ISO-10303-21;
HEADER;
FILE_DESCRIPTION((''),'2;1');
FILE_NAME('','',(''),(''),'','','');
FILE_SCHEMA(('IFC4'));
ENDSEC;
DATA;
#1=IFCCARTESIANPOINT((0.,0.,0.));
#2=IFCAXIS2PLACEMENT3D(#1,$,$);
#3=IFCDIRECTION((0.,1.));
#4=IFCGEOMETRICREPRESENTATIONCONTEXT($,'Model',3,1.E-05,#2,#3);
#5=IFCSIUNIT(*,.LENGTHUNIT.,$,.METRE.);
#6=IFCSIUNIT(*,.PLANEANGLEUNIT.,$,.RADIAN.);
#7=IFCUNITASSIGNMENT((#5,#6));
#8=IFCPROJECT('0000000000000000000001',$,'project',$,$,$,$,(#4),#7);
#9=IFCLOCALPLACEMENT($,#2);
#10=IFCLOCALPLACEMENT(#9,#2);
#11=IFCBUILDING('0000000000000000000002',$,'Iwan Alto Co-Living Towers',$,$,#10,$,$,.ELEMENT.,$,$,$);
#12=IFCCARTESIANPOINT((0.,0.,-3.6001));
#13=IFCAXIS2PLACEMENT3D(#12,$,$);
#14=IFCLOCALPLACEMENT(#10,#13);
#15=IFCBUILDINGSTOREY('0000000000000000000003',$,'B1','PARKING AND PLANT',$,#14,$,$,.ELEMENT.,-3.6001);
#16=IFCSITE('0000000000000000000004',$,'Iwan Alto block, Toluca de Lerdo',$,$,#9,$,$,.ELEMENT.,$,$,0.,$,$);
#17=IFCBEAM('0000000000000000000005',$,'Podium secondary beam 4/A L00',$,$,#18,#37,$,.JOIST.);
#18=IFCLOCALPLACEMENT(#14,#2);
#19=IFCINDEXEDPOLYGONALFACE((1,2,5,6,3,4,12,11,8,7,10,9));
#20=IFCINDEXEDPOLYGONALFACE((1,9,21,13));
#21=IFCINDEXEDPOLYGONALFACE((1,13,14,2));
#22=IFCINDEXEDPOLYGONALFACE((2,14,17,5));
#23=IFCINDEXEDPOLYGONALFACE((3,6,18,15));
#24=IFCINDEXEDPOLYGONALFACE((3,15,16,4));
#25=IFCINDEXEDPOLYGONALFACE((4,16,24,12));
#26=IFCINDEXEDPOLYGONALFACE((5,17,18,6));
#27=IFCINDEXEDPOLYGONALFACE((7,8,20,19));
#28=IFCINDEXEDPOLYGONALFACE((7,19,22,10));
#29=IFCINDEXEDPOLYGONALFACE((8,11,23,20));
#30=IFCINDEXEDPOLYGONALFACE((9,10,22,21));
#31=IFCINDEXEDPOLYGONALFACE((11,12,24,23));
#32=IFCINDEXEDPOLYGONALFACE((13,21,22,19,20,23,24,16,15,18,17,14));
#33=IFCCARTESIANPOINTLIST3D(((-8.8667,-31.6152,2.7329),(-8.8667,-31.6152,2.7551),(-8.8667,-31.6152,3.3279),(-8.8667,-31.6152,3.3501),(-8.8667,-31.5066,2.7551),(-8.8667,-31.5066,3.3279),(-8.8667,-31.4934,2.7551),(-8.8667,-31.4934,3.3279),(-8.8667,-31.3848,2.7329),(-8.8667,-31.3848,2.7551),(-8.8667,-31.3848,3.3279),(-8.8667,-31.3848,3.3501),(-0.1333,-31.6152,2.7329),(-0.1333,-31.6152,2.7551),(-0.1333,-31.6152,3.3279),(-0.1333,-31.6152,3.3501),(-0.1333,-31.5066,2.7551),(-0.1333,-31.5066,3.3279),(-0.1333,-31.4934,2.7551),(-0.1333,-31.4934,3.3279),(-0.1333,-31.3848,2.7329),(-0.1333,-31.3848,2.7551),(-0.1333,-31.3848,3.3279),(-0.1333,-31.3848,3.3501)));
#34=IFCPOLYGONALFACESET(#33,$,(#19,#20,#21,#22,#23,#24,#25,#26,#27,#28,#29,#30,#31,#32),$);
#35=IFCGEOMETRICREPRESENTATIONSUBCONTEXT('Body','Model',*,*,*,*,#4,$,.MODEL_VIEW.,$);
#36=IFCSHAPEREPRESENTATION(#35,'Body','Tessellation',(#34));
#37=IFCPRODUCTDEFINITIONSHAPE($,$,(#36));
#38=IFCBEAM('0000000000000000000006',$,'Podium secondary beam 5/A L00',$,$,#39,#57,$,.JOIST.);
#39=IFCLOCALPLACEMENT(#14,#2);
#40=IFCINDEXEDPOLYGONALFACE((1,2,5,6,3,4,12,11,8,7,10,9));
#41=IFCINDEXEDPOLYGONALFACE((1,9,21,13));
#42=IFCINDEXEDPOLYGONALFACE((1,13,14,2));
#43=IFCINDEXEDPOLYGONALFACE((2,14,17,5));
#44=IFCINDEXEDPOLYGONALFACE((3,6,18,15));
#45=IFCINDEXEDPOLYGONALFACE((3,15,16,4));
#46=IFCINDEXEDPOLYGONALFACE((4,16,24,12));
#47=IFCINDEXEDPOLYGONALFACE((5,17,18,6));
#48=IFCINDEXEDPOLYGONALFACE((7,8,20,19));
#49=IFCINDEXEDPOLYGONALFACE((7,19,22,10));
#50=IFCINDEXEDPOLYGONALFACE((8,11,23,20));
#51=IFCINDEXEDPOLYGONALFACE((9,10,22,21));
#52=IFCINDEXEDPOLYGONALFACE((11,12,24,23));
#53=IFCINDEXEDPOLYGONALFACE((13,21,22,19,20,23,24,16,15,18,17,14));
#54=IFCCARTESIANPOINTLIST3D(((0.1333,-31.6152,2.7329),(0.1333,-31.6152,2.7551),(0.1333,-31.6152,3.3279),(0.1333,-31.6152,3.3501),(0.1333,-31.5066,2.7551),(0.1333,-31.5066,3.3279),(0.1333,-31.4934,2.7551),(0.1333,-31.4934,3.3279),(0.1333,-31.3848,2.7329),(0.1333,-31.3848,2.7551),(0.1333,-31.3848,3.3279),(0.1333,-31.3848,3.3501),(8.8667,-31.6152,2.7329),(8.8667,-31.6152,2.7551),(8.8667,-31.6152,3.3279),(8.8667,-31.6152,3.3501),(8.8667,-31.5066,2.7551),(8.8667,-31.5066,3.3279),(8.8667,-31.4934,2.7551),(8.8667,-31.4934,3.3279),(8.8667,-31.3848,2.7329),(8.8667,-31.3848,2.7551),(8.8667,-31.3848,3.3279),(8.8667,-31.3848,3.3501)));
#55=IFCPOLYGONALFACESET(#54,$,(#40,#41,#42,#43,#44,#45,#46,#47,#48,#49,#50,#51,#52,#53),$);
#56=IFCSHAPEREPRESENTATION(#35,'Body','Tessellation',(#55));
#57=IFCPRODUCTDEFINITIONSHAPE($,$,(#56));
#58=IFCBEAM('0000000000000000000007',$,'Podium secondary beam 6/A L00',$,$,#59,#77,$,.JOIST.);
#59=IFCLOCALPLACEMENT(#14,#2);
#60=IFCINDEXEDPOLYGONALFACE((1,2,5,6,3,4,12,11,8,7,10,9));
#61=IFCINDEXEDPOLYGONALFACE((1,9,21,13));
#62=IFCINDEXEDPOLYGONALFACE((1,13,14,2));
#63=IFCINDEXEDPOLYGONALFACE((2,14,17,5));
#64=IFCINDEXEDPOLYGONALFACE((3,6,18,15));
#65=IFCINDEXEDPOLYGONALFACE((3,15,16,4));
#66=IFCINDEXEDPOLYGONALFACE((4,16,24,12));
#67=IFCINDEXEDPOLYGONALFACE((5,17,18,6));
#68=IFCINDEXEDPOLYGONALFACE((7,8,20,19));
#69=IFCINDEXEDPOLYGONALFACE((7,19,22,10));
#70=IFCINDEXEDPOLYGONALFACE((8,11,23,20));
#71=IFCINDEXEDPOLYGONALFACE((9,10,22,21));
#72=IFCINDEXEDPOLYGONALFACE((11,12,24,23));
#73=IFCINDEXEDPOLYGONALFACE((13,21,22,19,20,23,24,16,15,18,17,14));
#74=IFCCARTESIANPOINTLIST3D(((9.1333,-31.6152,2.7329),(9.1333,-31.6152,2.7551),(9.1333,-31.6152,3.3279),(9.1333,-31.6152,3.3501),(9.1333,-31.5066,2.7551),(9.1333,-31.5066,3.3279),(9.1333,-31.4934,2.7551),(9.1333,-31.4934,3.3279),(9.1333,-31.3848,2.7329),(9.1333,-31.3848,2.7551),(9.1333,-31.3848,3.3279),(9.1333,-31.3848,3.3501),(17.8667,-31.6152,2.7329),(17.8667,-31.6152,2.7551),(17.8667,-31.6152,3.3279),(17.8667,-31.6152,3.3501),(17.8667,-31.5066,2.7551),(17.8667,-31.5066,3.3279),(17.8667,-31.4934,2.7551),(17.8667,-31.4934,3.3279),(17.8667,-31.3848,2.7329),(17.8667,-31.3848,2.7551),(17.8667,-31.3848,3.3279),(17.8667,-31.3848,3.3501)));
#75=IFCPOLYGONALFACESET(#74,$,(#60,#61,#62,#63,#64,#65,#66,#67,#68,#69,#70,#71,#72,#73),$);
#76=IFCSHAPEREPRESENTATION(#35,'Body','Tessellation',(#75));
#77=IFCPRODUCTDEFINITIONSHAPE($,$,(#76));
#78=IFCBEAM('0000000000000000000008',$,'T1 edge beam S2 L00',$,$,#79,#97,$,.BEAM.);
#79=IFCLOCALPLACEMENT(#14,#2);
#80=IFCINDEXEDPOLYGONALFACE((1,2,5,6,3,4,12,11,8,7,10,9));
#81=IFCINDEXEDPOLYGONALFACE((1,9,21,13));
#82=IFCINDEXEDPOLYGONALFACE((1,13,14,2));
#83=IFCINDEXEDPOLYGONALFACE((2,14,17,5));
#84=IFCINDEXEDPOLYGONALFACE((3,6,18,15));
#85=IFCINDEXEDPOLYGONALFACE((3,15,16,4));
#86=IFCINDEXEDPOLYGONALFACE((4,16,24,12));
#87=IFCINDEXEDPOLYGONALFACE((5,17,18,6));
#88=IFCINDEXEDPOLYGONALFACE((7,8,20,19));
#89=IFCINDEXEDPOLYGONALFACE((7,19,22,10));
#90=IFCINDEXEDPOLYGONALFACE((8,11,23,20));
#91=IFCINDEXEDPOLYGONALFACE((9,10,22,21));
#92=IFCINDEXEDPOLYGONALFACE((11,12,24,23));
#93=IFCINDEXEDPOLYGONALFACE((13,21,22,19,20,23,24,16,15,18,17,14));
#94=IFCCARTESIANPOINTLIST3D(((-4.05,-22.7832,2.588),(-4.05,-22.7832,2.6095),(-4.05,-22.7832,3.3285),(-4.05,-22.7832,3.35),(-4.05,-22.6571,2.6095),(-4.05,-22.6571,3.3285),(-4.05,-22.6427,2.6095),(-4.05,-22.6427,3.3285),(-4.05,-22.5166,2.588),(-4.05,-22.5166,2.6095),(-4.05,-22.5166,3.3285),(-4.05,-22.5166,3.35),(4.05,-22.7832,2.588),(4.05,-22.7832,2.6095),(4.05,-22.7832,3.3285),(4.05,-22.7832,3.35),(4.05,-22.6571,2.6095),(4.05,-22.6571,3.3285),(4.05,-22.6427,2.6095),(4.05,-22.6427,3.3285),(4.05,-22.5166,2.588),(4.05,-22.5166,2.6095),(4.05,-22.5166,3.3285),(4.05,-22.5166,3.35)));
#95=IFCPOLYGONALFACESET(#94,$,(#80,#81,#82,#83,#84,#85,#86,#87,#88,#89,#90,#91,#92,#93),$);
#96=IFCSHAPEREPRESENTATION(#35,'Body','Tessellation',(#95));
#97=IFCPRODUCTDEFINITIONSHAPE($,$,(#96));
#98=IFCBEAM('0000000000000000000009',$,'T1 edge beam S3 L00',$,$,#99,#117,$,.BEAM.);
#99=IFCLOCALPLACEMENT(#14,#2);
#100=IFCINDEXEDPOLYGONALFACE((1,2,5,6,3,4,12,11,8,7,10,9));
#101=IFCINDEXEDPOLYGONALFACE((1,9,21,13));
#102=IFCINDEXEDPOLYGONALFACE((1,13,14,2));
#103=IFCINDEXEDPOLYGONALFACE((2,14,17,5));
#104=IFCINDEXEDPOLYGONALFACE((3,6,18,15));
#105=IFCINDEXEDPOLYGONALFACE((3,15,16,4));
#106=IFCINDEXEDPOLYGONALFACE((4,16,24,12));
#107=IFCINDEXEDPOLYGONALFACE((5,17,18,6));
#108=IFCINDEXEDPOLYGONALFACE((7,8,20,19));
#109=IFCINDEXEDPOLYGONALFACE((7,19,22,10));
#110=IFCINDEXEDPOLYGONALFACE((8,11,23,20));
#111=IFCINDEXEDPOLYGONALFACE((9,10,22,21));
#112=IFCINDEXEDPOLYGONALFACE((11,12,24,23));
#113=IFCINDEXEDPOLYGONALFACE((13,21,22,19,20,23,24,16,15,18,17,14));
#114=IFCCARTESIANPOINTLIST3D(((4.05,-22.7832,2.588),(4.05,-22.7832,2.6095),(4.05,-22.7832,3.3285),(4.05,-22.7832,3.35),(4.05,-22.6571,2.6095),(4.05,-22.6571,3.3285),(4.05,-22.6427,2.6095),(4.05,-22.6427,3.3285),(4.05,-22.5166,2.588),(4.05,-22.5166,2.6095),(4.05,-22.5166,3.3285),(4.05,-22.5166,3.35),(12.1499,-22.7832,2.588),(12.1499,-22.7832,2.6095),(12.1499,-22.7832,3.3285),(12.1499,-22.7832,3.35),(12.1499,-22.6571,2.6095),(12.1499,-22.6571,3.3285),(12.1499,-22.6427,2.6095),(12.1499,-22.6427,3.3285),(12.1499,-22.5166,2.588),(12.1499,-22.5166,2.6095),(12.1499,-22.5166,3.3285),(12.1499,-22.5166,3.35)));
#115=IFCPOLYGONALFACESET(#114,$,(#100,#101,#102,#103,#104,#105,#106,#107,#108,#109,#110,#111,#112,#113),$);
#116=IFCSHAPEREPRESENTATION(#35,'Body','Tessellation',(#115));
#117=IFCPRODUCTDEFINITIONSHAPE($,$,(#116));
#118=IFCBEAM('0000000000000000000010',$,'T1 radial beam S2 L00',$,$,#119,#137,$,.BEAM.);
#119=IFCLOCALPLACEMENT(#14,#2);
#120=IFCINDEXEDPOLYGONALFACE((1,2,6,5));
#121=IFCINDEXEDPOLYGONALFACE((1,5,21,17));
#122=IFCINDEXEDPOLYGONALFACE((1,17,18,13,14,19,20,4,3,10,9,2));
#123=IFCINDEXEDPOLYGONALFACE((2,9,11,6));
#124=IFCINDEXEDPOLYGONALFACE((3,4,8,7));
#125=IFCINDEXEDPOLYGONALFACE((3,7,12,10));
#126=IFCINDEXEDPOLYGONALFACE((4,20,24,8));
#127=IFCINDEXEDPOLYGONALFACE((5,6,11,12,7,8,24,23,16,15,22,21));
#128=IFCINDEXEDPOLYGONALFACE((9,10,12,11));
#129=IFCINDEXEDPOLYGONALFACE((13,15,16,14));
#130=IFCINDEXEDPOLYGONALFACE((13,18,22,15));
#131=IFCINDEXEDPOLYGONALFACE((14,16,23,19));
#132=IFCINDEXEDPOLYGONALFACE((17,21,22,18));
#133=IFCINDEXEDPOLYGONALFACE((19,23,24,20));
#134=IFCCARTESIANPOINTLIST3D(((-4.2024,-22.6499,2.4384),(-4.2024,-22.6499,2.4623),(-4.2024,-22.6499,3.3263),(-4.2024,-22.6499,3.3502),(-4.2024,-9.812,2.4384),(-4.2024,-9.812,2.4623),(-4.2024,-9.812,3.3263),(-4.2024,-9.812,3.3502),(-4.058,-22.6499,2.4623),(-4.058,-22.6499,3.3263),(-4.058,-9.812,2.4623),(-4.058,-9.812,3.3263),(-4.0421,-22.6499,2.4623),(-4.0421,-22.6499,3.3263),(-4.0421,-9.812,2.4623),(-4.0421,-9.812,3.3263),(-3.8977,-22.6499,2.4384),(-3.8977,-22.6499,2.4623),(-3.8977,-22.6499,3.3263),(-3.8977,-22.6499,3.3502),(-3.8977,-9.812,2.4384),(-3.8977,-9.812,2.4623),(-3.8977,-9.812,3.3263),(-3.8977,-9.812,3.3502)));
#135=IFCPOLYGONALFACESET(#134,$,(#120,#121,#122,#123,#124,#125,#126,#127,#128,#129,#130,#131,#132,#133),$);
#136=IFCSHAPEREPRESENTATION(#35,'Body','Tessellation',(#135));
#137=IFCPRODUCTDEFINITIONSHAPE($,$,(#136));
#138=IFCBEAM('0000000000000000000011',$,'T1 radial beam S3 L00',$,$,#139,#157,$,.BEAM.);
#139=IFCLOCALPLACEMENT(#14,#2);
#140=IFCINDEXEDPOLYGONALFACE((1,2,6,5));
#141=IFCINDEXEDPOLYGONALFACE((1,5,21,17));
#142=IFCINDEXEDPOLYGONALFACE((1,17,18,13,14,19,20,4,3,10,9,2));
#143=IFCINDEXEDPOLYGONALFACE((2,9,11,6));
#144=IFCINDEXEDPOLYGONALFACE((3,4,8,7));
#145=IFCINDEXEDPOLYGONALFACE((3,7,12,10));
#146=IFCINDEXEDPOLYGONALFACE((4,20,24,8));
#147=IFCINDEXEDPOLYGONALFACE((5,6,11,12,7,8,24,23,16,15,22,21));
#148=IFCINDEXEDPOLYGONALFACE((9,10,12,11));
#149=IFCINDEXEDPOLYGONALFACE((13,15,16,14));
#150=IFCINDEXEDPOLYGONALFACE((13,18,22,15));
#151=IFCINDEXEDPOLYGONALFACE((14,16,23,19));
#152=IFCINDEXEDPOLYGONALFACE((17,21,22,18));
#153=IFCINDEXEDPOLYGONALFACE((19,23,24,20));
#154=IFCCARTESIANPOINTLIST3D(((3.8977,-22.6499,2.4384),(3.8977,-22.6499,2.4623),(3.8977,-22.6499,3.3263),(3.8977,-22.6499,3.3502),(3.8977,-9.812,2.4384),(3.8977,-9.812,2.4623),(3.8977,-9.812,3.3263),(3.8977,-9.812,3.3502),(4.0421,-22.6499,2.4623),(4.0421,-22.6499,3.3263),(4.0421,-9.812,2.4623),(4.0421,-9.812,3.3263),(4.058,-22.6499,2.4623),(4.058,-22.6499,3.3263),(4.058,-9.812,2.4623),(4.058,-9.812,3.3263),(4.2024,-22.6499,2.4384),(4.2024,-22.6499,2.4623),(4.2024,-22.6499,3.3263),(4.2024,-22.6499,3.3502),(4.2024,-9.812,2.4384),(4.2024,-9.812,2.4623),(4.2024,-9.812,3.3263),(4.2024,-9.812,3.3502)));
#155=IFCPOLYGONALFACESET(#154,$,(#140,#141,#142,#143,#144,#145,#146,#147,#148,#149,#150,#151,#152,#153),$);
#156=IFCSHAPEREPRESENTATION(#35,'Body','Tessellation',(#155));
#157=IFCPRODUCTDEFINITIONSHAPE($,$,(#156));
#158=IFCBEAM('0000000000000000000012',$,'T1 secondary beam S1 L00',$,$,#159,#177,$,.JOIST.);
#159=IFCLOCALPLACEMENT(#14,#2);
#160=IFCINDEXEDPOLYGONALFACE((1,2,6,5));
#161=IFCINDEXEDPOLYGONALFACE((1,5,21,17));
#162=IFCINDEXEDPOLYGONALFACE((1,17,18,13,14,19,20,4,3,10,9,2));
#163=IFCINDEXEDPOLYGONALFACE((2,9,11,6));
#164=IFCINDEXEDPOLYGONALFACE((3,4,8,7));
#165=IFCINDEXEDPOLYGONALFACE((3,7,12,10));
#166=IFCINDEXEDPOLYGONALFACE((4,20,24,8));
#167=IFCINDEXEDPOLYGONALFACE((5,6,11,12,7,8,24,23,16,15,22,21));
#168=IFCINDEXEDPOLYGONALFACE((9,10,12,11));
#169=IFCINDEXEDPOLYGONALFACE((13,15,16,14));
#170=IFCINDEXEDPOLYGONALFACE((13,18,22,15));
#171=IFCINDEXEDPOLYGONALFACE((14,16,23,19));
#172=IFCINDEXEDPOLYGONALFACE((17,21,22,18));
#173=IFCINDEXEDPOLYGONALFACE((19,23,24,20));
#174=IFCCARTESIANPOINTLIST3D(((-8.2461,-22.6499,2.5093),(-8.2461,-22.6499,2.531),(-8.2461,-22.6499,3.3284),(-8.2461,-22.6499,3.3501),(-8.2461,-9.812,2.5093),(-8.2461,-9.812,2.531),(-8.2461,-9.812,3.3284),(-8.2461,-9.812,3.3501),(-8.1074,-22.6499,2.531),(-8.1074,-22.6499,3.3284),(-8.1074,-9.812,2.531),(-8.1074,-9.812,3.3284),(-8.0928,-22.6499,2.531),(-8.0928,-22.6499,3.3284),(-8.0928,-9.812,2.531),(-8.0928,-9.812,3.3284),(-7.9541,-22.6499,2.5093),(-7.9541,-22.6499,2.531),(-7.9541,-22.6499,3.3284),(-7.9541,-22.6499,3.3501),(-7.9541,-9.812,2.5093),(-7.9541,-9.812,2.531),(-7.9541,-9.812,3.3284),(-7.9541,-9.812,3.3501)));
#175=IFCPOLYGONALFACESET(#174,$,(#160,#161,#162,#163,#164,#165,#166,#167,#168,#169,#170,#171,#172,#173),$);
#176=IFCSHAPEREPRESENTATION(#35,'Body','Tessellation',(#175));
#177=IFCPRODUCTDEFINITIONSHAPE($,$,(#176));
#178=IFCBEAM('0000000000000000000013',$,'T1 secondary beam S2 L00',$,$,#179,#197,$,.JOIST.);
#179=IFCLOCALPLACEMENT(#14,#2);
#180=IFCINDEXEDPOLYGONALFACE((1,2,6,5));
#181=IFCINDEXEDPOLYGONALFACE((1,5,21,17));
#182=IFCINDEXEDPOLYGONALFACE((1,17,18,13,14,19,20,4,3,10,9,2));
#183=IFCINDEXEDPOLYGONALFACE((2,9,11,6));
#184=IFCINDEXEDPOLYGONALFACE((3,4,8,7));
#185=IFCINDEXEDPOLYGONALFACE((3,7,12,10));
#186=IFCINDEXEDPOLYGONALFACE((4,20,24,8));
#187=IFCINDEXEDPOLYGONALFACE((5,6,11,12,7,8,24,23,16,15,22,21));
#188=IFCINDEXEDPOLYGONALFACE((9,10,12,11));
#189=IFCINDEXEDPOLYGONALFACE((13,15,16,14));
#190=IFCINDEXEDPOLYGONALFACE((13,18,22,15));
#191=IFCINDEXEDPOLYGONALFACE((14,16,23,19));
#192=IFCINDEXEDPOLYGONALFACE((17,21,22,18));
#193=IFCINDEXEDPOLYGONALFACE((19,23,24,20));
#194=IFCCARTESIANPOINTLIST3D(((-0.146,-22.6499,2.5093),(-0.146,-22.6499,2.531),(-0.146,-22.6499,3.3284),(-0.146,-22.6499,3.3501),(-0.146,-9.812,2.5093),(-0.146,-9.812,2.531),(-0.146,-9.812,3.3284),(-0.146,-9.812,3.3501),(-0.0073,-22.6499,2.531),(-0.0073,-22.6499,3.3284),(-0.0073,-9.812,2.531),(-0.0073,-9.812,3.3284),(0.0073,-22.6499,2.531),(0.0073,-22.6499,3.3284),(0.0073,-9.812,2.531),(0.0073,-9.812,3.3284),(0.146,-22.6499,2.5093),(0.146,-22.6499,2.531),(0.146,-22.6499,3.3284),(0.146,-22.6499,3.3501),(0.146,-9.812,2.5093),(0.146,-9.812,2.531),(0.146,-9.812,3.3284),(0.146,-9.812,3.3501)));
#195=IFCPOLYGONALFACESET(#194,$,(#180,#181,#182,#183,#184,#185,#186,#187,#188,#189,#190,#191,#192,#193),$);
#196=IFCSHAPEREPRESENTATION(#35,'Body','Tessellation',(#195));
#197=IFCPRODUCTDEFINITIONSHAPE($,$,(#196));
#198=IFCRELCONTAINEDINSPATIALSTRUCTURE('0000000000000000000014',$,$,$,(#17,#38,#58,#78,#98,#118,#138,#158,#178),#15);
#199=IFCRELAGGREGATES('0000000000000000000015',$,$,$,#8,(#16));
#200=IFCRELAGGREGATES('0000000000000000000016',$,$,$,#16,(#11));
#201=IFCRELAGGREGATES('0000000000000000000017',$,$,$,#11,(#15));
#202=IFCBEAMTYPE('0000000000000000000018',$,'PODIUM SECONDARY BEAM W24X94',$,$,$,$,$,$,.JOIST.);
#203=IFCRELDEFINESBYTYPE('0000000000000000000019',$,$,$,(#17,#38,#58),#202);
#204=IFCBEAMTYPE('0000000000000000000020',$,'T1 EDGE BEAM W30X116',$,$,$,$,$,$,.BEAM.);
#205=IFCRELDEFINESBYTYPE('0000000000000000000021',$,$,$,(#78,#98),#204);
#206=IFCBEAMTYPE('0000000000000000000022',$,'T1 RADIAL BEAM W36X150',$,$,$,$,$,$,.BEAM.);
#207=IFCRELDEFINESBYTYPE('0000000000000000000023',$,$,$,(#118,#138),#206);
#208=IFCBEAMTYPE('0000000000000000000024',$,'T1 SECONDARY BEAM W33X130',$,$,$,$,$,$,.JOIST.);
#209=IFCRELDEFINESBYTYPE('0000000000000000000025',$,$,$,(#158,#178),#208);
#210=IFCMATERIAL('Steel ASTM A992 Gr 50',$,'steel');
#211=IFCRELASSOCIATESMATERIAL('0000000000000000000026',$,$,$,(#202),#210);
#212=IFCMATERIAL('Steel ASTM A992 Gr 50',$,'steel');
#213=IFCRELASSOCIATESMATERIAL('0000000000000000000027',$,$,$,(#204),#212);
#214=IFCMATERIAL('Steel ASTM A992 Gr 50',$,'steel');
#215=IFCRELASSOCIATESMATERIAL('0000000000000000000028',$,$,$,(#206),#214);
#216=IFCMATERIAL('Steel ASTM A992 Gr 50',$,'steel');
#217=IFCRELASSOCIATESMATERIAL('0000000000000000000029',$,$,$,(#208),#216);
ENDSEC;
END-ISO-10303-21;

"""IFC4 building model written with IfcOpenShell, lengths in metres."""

from ifc_helpers import new_model, si_unit, direction, frame, origin, origin_2d, place, context, subcontext, project, spatial, i_section, extrude, material, material_profile, profile_set, type_object, element, save


model = new_model("IFC4")

# Units and contexts
model_context = context("Model", 3, precision=1e-05, world=origin(), true_north=direction((0.0, 1.0)))
body_context = subcontext(model_context, "Body", "Model", "MODEL_VIEW")
ifc_project = project(units=[si_unit("LENGTHUNIT", "METRE"), si_unit("PLANEANGLEUNIT", "RADIAN")], contexts=[model_context])

# Site, building, storey
site_placement = place(None, origin())
site = spatial("IfcSite", under=ifc_project, at=site_placement, Name="Iwan Alto block, Toluca de Lerdo", CompositionType="ELEMENT", RefElevation=0.0)
building_placement = place(site_placement, origin())
building = spatial("IfcBuilding", under=site, at=building_placement, Name="Iwan Alto Co-Living Towers", CompositionType="ELEMENT")
storey_placement = place(building_placement, frame((0.0, 0.0, -3.6001)))
storey = spatial("IfcBuildingStorey", under=building, at=storey_placement, Name="B1", Description="PARKING AND PLANT", CompositionType="ELEMENT", Elevation=-3.6001)

# Beams
ifc_material_1 = material(Name="Steel ASTM A992 Gr 50", Category="steel")
ifc_material_profile_1 = material_profile(ifc_material_1, i_section(OverallWidth=0.2305, OverallDepth=0.6172, WebThickness=0.0132, FlangeThickness=0.0222, at=origin_2d()), Name="W24X94")
ifc_profile_set_1 = profile_set([ifc_material_profile_1], Name="Steel ASTM A992 Gr 50")
beam_type_1 = type_object("IfcBeamType", Name="PODIUM SECONDARY BEAM W24X94", PredefinedType="JOIST", material=ifc_profile_set_1)
for number, where, z_axis, x_axis, name in (
    (1, (-8.8667, -31.5, 3.0415), (1.0, 0.0, 0.0), (0.0, 1.0, 0.0), "Podium secondary beam 4/A L00"),
    (2, (0.1333, -31.5, 3.0415), (1.0, 0.0, 0.0), (0.0, 1.0, 0.0), "Podium secondary beam 5/A L00"),
    (3, (9.1333, -31.5, 3.0415), (1.0, 0.0, 0.0), (0.0, 1.0, 0.0), "Podium secondary beam 6/A L00"),
):
    element("IfcBeam", number, at=place(storey_placement, frame(where, z_axis=z_axis, x_axis=x_axis)), inside=storey, type_object=beam_type_1, Name=name, PredefinedType="JOIST", context=body_context, shape_type="SweptSolid", body=[
        extrude(i_section(OverallWidth=0.2305, OverallDepth=0.6172, WebThickness=0.0132, FlangeThickness=0.0222, at=origin_2d()), origin(), (0.0, 0.0, 1.0), 8.7334),
    ])
ifc_material_2 = material(Name="Steel ASTM A992 Gr 50", Category="steel")
ifc_material_profile_2 = material_profile(ifc_material_2, i_section(OverallWidth=0.2666, OverallDepth=0.762, WebThickness=0.0144, FlangeThickness=0.0215, at=origin_2d()), Name="W30X116")
ifc_profile_set_2 = profile_set([ifc_material_profile_2], Name="Steel ASTM A992 Gr 50")
beam_type_2 = type_object("IfcBeamType", Name="T1 EDGE BEAM W30X116", PredefinedType="BEAM", material=ifc_profile_set_2)
beam_1_placement = place(storey_placement, frame((-4.05, -22.6499, 2.969), z_axis=(1.0, 0.0, 0.0), x_axis=(0.0, 1.0, 0.0)))
element("IfcBeam", 4, at=beam_1_placement, inside=storey, type_object=beam_type_2, Name="T1 edge beam S2 L00", PredefinedType="BEAM", context=body_context, shape_type="SweptSolid", body=[
    extrude(i_section(OverallWidth=0.2666, OverallDepth=0.762, WebThickness=0.0144, FlangeThickness=0.0215, at=origin_2d()), origin(), (0.0, 0.0, 1.0), 8.1001),
])
beam_2_placement = place(storey_placement, frame((4.05, -22.6499, 2.969), z_axis=(1.0, 0.0, 0.0), x_axis=(0.0, 1.0, 0.0)))
element("IfcBeam", 5, at=beam_2_placement, inside=storey, type_object=beam_type_2, Name="T1 edge beam S3 L00", PredefinedType="BEAM", context=body_context, shape_type="SweptSolid", body=[
    extrude(i_section(OverallWidth=0.2666, OverallDepth=0.762, WebThickness=0.0144, FlangeThickness=0.0215, at=origin_2d()), origin(), (0.0, 0.0, 1.0), 8.0999),
])
ifc_material_3 = material(Name="Steel ASTM A992 Gr 50", Category="steel")
ifc_material_profile_3 = material_profile(ifc_material_3, i_section(OverallWidth=0.3047, OverallDepth=0.9119, WebThickness=0.0159, FlangeThickness=0.0239, at=origin_2d()), Name="W36X150")
ifc_profile_set_3 = profile_set([ifc_material_profile_3], Name="Steel ASTM A992 Gr 50")
beam_type_3 = type_object("IfcBeamType", Name="T1 RADIAL BEAM W36X150", PredefinedType="BEAM", material=ifc_profile_set_3)
for number, where, z_axis, x_axis, name in (
    (6, (-4.05, -22.6499, 2.8943), (0.0, 1.0, 0.0), (-1.0, 0.0, 0.0), "T1 radial beam S2 L00"),
    (7, (4.05, -22.6499, 2.8943), (0.0, 1.0, 0.0), (-1.0, 0.0, 0.0), "T1 radial beam S3 L00"),
):
    element("IfcBeam", number, at=place(storey_placement, frame(where, z_axis=z_axis, x_axis=x_axis)), inside=storey, type_object=beam_type_3, Name=name, PredefinedType="BEAM", context=body_context, shape_type="SweptSolid", body=[
        extrude(i_section(OverallWidth=0.3047, OverallDepth=0.9119, WebThickness=0.0159, FlangeThickness=0.0239, at=origin_2d()), origin(), (0.0, 0.0, 1.0), 12.8379),
    ])
ifc_material_4 = material(Name="Steel ASTM A992 Gr 50", Category="steel")
ifc_material_profile_4 = material_profile(ifc_material_4, i_section(OverallWidth=0.292, OverallDepth=0.8408, WebThickness=0.0146, FlangeThickness=0.0217, at=origin_2d()), Name="W33X130")
ifc_profile_set_4 = profile_set([ifc_material_profile_4], Name="Steel ASTM A992 Gr 50")
beam_type_4 = type_object("IfcBeamType", Name="T1 SECONDARY BEAM W33X130", PredefinedType="JOIST", material=ifc_profile_set_4)
for number, where, z_axis, x_axis, name in (
    (8, (-8.1001, -22.6499, 2.9297), (0.0, 1.0, 0.0), (-1.0, 0.0, 0.0), "T1 secondary beam S1 L00"),
    (9, (0.0, -22.6499, 2.9297), (0.0, 1.0, 0.0), (-1.0, 0.0, 0.0), "T1 secondary beam S2 L00"),
):
    element("IfcBeam", number, at=place(storey_placement, frame(where, z_axis=z_axis, x_axis=x_axis)), inside=storey, type_object=beam_type_4, Name=name, PredefinedType="JOIST", context=body_context, shape_type="SweptSolid", body=[
        extrude(i_section(OverallWidth=0.292, OverallDepth=0.8408, WebThickness=0.0146, FlangeThickness=0.0217, at=origin_2d()), origin(), (0.0, 0.0, 1.0), 12.8379),
    ])

save(model, "model.ifc")
